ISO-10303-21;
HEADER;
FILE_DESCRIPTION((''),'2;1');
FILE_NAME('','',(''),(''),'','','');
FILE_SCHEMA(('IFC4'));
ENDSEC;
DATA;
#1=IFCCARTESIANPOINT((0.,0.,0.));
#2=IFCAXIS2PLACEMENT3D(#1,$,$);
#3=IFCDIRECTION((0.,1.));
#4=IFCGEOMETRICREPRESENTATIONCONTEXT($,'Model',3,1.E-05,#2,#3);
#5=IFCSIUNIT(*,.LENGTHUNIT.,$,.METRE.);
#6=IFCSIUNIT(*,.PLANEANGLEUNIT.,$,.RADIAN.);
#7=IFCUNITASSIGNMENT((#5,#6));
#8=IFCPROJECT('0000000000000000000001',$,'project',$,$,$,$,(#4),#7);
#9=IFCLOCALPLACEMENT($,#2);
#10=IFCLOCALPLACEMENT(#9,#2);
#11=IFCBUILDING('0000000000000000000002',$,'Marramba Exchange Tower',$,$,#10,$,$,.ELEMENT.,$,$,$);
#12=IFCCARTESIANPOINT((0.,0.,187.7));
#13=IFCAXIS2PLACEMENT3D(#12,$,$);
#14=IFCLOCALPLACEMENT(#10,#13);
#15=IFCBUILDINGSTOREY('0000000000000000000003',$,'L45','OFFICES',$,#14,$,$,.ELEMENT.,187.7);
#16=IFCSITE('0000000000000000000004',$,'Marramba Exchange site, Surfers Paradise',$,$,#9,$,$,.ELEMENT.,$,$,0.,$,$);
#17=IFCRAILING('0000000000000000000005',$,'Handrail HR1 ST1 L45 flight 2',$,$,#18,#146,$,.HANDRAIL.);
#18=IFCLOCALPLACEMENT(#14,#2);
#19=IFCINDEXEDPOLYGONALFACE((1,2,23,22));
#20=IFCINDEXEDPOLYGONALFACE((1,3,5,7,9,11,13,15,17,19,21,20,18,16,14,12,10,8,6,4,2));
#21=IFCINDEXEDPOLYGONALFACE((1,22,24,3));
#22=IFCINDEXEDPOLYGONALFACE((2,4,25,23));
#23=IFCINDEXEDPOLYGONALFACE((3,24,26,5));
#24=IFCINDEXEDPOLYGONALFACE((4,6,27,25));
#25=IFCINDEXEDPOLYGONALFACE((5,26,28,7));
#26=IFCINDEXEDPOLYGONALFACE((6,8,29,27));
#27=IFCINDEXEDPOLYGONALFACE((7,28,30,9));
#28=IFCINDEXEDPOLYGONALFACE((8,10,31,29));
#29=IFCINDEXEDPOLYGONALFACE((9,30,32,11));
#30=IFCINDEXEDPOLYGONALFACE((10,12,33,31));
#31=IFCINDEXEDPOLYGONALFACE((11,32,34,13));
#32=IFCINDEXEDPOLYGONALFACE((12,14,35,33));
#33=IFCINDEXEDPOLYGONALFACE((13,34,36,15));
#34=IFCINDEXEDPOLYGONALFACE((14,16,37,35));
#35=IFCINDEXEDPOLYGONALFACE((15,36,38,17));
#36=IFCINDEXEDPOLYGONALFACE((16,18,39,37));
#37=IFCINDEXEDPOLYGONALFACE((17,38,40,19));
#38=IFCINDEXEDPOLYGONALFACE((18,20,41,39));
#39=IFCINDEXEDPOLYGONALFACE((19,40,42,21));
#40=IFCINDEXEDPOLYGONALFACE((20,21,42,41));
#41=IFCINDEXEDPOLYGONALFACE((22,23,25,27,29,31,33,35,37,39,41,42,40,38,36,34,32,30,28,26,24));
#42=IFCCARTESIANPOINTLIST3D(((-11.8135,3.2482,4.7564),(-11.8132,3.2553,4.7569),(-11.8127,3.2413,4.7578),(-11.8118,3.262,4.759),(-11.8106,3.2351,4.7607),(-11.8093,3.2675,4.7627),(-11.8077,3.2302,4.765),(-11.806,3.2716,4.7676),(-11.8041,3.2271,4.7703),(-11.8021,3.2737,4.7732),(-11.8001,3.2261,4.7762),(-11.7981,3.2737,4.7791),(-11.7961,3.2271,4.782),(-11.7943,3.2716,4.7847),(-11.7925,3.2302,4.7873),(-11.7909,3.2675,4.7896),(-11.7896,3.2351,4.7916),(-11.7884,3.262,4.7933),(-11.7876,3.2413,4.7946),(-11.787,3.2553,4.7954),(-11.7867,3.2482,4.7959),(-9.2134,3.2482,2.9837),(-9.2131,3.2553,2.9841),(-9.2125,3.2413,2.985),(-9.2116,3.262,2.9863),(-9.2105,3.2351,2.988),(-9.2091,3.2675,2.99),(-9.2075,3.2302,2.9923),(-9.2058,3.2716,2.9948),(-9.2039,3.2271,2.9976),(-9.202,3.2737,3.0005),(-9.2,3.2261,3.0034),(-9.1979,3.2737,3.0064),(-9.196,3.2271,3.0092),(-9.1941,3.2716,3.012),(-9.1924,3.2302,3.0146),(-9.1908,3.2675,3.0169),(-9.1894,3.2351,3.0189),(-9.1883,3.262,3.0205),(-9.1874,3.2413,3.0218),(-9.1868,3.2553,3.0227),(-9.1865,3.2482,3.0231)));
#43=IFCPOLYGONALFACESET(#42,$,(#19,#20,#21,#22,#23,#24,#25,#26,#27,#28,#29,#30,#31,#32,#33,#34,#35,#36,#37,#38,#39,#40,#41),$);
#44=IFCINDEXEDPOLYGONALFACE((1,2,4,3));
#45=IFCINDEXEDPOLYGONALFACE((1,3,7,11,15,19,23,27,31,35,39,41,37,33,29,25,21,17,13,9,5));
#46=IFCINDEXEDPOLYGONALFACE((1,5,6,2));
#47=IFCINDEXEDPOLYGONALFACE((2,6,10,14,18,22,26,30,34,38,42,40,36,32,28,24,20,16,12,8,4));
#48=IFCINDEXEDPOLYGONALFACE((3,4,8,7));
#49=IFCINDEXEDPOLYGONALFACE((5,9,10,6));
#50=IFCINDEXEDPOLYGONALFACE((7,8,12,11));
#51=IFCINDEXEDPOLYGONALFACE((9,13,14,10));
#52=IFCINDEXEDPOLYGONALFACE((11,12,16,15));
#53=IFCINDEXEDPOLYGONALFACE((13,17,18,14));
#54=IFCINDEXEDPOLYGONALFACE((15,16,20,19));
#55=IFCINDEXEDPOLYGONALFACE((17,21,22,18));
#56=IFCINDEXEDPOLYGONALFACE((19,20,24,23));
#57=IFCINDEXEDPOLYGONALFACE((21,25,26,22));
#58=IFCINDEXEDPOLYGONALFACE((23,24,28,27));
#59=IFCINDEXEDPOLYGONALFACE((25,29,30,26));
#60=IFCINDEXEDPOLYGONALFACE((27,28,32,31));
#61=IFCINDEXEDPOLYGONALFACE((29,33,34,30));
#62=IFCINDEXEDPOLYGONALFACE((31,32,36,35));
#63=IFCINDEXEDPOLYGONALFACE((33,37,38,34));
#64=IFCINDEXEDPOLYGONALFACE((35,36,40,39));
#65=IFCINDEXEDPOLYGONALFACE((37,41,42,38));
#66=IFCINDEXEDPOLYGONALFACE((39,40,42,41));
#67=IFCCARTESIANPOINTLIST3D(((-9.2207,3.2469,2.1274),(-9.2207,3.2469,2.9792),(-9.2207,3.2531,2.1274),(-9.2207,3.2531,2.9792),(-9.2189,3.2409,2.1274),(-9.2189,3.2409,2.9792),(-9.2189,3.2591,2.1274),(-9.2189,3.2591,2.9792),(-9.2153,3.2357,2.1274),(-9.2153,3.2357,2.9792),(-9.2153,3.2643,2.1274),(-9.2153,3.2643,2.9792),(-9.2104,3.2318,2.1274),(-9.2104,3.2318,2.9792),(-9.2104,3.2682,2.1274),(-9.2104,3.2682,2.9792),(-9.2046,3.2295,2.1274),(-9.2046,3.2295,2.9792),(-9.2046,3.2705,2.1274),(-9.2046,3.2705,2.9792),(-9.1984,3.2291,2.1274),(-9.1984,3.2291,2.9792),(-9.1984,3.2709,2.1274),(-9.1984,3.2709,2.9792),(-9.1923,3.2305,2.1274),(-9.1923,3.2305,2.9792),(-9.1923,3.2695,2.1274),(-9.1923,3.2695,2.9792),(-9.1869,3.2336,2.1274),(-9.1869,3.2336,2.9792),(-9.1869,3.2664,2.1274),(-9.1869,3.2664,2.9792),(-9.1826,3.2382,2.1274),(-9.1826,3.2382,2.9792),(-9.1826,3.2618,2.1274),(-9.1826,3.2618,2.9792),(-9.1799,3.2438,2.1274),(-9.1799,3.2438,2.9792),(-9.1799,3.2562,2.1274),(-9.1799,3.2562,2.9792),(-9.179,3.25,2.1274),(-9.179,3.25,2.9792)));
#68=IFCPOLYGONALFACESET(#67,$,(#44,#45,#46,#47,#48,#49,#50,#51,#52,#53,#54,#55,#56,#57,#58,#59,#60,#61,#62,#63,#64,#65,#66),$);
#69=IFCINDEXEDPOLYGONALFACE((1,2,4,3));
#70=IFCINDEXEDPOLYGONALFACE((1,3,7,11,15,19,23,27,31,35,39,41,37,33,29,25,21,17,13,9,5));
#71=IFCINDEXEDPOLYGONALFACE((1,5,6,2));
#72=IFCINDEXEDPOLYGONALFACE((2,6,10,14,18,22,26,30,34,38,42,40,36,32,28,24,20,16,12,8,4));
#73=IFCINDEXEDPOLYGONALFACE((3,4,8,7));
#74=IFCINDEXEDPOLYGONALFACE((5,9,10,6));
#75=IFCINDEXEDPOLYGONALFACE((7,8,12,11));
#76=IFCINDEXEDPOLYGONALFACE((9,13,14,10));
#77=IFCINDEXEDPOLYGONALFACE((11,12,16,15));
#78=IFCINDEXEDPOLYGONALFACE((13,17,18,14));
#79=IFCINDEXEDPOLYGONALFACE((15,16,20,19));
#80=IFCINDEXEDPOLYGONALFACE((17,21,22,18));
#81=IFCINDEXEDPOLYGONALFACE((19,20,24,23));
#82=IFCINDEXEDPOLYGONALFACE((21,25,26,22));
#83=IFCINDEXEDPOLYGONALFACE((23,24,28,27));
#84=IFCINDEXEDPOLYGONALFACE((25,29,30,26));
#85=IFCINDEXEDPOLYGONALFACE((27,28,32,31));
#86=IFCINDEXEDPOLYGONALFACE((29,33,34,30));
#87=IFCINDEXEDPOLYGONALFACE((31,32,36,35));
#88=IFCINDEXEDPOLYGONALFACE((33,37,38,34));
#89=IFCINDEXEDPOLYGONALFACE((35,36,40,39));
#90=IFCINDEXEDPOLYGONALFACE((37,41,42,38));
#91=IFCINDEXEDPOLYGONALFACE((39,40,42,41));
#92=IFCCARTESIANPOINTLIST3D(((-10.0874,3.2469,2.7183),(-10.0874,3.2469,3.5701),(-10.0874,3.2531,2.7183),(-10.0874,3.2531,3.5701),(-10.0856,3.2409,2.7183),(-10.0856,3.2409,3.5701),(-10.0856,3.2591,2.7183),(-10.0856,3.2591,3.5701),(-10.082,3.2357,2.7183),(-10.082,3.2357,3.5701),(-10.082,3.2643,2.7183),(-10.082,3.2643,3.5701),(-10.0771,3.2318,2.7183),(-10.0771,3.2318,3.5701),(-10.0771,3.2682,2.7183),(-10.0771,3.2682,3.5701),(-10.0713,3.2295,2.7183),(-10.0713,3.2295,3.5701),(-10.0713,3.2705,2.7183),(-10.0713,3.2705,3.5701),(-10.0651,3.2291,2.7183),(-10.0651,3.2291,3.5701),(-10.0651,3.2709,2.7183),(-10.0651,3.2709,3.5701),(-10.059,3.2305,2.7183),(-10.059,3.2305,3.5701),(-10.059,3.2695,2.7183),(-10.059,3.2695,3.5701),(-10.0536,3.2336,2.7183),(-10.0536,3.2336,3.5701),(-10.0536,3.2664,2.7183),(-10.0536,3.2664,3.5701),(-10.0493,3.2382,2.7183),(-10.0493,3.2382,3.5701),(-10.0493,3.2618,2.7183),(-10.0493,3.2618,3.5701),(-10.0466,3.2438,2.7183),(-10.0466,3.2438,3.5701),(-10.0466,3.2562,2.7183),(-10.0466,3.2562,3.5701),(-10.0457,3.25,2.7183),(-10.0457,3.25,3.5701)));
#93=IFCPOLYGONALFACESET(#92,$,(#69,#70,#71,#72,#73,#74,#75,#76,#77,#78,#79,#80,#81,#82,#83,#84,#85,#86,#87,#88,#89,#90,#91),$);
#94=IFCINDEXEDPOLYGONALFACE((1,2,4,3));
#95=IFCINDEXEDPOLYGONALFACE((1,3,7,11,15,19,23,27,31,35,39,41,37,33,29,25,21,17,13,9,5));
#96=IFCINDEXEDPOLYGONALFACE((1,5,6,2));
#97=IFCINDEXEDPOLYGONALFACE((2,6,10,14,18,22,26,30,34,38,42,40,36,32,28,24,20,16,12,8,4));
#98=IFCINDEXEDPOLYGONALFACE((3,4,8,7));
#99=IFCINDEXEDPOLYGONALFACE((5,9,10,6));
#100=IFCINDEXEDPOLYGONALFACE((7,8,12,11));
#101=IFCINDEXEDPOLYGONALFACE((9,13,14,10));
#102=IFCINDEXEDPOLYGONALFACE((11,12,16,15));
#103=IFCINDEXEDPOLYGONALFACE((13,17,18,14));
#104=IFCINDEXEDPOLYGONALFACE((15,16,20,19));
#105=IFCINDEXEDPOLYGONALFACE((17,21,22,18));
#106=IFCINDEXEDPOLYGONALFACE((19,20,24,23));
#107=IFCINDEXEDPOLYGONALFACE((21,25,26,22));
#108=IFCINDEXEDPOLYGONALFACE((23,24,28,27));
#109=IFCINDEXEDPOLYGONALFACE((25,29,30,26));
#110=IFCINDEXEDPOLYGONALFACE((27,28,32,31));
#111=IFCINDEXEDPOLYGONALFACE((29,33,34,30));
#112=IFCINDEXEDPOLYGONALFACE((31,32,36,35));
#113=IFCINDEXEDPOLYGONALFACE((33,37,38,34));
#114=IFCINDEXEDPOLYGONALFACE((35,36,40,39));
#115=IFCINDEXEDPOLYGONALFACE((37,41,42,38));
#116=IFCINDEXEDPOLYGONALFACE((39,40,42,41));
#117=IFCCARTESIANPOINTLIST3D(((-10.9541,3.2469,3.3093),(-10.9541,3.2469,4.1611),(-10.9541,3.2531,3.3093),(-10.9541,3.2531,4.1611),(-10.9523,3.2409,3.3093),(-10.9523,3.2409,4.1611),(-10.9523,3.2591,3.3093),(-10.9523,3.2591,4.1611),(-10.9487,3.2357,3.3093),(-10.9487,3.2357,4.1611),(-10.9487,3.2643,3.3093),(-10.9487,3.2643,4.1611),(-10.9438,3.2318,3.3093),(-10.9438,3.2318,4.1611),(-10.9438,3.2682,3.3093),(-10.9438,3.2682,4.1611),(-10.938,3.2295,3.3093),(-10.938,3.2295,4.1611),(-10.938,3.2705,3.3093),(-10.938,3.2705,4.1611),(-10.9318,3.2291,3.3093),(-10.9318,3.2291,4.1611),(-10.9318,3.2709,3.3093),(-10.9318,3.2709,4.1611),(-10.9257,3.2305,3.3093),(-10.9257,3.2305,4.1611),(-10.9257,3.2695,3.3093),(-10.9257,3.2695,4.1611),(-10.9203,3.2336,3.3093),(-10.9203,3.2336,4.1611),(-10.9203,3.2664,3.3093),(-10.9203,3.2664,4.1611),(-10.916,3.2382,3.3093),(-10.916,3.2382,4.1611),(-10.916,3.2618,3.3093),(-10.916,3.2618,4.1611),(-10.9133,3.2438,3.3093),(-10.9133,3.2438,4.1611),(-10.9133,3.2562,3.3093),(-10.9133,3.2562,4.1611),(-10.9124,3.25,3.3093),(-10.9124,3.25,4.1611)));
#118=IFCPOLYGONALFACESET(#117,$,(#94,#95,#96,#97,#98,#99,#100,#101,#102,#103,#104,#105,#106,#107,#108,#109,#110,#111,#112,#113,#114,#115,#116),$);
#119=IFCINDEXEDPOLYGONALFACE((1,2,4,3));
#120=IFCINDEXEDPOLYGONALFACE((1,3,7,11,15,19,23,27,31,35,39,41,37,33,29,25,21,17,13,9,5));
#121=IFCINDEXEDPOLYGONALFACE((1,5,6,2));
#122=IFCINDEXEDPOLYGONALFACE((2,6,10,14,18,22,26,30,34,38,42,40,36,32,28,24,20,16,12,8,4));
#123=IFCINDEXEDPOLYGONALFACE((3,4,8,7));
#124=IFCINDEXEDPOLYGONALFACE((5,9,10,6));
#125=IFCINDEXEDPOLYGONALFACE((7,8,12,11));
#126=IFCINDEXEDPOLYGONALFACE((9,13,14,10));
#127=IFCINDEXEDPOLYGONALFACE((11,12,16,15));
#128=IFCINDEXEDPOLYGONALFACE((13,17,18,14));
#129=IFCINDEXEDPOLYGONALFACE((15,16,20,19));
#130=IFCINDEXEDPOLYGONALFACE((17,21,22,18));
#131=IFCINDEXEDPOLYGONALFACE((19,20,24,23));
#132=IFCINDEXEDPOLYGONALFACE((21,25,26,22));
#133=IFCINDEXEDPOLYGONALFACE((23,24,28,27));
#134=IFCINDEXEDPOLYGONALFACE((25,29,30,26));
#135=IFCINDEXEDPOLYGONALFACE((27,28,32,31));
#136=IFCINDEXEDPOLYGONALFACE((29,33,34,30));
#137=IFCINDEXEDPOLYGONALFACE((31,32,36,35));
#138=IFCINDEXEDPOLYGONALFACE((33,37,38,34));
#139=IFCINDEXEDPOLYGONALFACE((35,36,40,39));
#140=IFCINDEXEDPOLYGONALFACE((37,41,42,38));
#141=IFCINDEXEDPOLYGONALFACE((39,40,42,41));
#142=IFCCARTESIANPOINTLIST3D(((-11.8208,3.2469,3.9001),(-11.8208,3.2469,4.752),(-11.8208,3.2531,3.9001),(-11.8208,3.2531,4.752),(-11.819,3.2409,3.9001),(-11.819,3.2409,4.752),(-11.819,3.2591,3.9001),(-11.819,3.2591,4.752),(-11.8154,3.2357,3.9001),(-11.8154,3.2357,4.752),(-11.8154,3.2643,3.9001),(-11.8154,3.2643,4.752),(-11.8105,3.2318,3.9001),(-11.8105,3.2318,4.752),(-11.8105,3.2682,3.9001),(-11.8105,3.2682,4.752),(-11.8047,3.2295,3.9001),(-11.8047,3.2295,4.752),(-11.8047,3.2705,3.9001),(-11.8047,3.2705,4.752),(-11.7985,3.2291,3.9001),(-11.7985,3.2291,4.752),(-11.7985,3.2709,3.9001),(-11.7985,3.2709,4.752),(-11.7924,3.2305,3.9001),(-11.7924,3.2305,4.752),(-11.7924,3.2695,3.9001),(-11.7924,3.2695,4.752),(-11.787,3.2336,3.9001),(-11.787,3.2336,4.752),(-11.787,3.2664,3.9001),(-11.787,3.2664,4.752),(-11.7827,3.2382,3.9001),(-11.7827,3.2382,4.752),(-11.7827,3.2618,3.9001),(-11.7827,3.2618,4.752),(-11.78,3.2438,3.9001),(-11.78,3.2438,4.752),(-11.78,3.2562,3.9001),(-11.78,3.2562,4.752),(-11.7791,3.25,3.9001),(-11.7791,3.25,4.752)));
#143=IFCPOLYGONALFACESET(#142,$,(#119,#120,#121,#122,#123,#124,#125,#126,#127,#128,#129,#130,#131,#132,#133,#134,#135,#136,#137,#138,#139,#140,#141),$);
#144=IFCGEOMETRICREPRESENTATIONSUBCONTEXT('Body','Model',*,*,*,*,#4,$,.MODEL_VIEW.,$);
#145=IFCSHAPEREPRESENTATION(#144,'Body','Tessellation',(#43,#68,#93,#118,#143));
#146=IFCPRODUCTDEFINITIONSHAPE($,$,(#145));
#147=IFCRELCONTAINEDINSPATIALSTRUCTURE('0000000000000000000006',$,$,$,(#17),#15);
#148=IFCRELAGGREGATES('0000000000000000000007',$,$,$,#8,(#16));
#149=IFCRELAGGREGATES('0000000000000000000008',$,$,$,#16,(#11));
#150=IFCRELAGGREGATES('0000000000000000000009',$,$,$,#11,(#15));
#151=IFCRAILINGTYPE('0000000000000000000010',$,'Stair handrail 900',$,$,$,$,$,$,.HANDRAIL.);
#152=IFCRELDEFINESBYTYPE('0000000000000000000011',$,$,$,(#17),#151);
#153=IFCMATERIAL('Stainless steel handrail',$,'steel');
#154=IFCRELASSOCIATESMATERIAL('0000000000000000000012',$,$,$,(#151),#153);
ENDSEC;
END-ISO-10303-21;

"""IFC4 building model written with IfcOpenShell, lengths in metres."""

from ifc_helpers import new_model, si_unit, direction, frame, origin, origin_2d, place, context, subcontext, project, spatial, circle, extrude, material, type_object, element, save


model = new_model("IFC4")

# Units and contexts
model_context = context("Model", 3, precision=1e-05, world=origin(), true_north=direction((0.0, 1.0)))
body_context = subcontext(model_context, "Body", "Model", "MODEL_VIEW")
ifc_project = project(units=[si_unit("LENGTHUNIT", "METRE"), si_unit("PLANEANGLEUNIT", "RADIAN")], contexts=[model_context])

# Site, building, storey
site_placement = place(None, origin())
site = spatial("IfcSite", under=ifc_project, at=site_placement, Name="Marramba Exchange site, Surfers Paradise", CompositionType="ELEMENT", RefElevation=0.0)
building_placement = place(site_placement, origin())
building = spatial("IfcBuilding", under=site, at=building_placement, Name="Marramba Exchange Tower", CompositionType="ELEMENT")
storey_placement = place(building_placement, frame((0.0, 0.0, 187.7)))
storey = spatial("IfcBuildingStorey", under=building, at=storey_placement, Name="L45", Description="OFFICES", CompositionType="ELEMENT", Elevation=187.7)

# Railing
ifc_material_1 = material(Name="Stainless steel handrail", Category="steel")
railing_type = type_object("IfcRailingType", Name="Stair handrail 900", PredefinedType="HANDRAIL", material=ifc_material_1)
railing_placement = place(storey_placement, frame((-9.2, 3.25, 2.1274)))
element("IfcRailing", 1, at=railing_placement, inside=storey, type_object=railing_type, Name="Handrail HR1 ST1 L45 flight 2", PredefinedType="HANDRAIL", context=body_context, shape_type="SweptSolid", body=[
    extrude(circle(Radius=0.0239, at=origin_2d()), frame((0.0, 0.0, 0.876), z_axis=(-0.82624, 0.0, 0.563318), x_axis=(0.0, -1.0, 0.0)), (0.0, 0.0, 1.0), 3.147),
    extrude(circle(Radius=0.021, at=origin_2d()), origin(), (0.0, 0.0, 1.0), 0.8518),
    extrude(circle(Radius=0.021, at=origin_2d()), frame((-0.8667, 0.0, 0.5908)), (0.0, 0.0, 1.0), 0.8518),
    extrude(circle(Radius=0.021, at=origin_2d()), frame((-1.7334, 0.0, 1.1819)), (0.0, 0.0, 1.0), 0.8518),
    extrude(circle(Radius=0.021, at=origin_2d()), frame((-2.6001, 0.0, 1.7727)), (0.0, 0.0, 1.0), 0.8518),
])

save(model, "model.ifc")
